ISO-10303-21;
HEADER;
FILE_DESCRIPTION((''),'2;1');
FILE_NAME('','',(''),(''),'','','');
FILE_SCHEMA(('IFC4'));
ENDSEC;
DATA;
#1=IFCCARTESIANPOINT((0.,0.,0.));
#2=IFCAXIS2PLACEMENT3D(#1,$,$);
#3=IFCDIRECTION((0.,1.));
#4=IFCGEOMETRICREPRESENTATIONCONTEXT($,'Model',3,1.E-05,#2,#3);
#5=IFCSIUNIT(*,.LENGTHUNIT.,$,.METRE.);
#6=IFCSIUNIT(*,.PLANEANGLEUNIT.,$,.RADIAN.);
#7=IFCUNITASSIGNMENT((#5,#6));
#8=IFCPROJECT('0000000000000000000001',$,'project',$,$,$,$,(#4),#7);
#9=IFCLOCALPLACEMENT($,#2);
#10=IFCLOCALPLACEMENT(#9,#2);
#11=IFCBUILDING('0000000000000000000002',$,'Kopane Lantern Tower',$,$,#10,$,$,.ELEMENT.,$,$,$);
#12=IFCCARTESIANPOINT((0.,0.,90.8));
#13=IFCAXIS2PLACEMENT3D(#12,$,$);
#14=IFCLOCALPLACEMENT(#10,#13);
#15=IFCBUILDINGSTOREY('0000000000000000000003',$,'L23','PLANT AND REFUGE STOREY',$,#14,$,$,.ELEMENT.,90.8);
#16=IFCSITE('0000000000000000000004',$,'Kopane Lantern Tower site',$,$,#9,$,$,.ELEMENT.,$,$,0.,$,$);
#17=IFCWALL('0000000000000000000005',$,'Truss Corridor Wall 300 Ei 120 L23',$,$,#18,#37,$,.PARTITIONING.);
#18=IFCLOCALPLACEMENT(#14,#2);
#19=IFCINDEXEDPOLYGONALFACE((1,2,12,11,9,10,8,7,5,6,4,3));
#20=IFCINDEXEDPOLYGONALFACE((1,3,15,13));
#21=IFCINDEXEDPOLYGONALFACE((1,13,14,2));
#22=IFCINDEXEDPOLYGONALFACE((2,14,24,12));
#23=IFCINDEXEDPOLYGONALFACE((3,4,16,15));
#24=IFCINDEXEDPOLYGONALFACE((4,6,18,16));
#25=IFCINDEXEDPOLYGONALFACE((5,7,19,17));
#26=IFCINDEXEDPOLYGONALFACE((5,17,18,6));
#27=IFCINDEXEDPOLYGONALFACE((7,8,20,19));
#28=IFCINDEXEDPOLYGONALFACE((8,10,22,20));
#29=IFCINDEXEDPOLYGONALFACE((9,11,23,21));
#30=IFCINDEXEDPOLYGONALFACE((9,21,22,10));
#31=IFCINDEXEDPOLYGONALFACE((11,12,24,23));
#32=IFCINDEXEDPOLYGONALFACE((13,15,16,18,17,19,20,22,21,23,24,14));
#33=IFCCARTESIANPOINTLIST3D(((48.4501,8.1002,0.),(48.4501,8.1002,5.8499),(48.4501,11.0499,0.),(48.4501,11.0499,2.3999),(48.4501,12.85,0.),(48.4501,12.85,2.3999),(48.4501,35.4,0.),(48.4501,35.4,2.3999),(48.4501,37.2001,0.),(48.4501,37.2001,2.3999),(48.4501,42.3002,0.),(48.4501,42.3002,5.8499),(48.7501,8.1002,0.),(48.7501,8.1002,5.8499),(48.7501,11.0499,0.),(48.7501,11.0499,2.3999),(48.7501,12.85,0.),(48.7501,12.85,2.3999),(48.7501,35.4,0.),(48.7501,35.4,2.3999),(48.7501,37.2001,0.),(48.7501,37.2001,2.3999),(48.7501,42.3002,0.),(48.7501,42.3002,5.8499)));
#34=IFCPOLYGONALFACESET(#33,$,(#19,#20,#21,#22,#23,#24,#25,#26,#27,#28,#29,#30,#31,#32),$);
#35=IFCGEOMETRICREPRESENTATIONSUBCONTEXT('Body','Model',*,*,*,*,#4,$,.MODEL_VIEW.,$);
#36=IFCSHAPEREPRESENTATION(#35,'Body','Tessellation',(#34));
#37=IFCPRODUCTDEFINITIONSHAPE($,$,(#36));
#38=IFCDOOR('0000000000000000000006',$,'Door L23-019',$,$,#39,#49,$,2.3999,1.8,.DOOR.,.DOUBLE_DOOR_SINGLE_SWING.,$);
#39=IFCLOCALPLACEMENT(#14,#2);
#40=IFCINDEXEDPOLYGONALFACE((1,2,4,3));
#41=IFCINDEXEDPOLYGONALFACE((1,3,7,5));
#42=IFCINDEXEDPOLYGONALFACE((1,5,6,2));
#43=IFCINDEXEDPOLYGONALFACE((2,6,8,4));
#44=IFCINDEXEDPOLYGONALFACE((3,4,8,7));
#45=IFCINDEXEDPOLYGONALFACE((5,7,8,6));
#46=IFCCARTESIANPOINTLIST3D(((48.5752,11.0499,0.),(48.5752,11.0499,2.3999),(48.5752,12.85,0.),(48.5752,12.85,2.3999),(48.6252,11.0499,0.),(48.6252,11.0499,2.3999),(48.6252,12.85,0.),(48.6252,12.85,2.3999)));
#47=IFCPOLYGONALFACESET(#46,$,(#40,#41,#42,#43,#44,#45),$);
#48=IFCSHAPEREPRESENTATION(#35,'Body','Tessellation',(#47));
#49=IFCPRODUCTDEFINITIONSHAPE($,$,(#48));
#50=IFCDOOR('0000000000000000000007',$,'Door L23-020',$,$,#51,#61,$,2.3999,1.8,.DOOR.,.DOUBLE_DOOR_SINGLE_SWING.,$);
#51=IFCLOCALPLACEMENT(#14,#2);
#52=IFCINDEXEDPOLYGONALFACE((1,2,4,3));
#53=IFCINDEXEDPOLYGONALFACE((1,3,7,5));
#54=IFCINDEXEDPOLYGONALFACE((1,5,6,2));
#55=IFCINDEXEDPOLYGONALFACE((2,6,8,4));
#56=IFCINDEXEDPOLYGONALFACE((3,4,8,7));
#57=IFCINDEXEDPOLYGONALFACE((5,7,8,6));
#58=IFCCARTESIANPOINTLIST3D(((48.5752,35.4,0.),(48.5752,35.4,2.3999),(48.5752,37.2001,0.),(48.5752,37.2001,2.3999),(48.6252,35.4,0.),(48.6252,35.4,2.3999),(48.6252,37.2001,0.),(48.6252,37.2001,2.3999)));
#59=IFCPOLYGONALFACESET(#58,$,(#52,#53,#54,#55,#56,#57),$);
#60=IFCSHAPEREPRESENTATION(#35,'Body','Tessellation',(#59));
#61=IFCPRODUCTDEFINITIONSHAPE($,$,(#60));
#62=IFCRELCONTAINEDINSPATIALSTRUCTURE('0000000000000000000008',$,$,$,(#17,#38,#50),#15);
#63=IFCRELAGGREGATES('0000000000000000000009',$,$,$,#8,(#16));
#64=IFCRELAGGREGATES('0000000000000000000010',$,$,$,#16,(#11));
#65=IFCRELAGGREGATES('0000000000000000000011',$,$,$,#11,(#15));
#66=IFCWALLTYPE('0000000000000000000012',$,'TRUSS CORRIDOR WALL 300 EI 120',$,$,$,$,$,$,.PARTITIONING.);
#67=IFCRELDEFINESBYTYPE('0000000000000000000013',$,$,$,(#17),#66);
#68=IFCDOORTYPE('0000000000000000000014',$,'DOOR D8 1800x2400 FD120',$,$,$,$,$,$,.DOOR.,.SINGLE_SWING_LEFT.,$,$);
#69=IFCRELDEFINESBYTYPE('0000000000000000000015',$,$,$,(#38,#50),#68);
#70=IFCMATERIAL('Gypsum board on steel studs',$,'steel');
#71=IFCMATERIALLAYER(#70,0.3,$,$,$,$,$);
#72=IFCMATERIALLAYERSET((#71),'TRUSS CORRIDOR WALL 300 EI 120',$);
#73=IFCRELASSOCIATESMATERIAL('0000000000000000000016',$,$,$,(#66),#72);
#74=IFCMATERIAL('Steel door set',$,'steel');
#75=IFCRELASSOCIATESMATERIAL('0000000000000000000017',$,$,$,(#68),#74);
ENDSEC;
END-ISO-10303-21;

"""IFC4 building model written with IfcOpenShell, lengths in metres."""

from ifc_helpers import new_model, si_unit, direction, frame, frame_2d, origin, place, context, subcontext, project, spatial, rectangle, extrude, material, layer, layer_set, type_object, element, fill, save


model = new_model("IFC4")

# Units and contexts
model_context = context("Model", 3, precision=1e-05, world=origin(), true_north=direction((0.0, 1.0)))
body_context = subcontext(model_context, "Body", "Model", "MODEL_VIEW")
ifc_project = project(units=[si_unit("LENGTHUNIT", "METRE"), si_unit("PLANEANGLEUNIT", "RADIAN")], contexts=[model_context])

# Site, building, storey
site_placement = place(None, origin())
site = spatial("IfcSite", under=ifc_project, at=site_placement, Name="Kopane Lantern Tower site", CompositionType="ELEMENT", RefElevation=0.0)
building_placement = place(site_placement, origin())
building = spatial("IfcBuilding", under=site, at=building_placement, Name="Kopane Lantern Tower", CompositionType="ELEMENT")
storey_placement = place(building_placement, frame((0.0, 0.0, 90.8)))
storey = spatial("IfcBuildingStorey", under=building, at=storey_placement, Name="L23", Description="PLANT AND REFUGE STOREY", CompositionType="ELEMENT", Elevation=90.8)

# Wall, openings, doors
ifc_material_1 = material(Name="Gypsum board on steel studs", Category="steel")
ifc_layer_1 = layer(ifc_material_1, 0.3)
ifc_layer_set_1 = layer_set([ifc_layer_1], Name="TRUSS CORRIDOR WALL 300 EI 120")
wall_type_1 = type_object("IfcWallType", Name="TRUSS CORRIDOR WALL 300 EI 120", PredefinedType="PARTITIONING", material=ifc_layer_set_1)
wall_1_placement = place(storey_placement, frame((48.6001, 8.1001, 0.0), z_axis=(0.0, 0.0, 1.0), x_axis=(0.0, 1.0, 0.0)))
wall_1 = element("IfcWall", 1, at=wall_1_placement, inside=storey, type_object=wall_type_1, Name="Truss Corridor Wall 300 Ei 120 L23", PredefinedType="PARTITIONING", context=body_context, shape_type="SweptSolid", body=[
    extrude(rectangle(XDim=34.2, YDim=0.3, at=frame_2d((17.1001, 0.0))), origin(), (0.0, 0.0, 1.0), 5.8499),
])
opening_1_placement = place(wall_1_placement, frame((2.95, 0.0, 0.0)))
opening_1 = element("IfcOpeningElement", 2, at=opening_1_placement, cuts=wall_1, PredefinedType="OPENING", context=body_context, shape_type="SweptSolid", body=[
    extrude(rectangle(XDim=1.8, YDim=2.3999, at=frame_2d((0.8999, 1.2))), frame((0.0, 0.1599, 0.0), z_axis=(0.0, -1.0, 0.0), x_axis=(1.0, 0.0, 0.0)), (0.0, 0.0, 1.0), 0.3201),
])
opening_2_placement = place(wall_1_placement, frame((27.3, 0.0, 0.0)))
opening_2 = element("IfcOpeningElement", 3, at=opening_2_placement, cuts=wall_1, PredefinedType="OPENING", context=body_context, shape_type="SweptSolid", body=[
    extrude(rectangle(XDim=1.8, YDim=2.3999, at=frame_2d((0.8999, 1.2))), frame((0.0, 0.1599, 0.0), z_axis=(0.0, -1.0, 0.0), x_axis=(1.0, 0.0, 0.0)), (0.0, 0.0, 1.0), 0.3201),
])
ifc_material_2 = material(Name="Steel door set", Category="steel")
door_type_1 = type_object("IfcDoorType", Name="DOOR D8 1800x2400 FD120", OperationType="SINGLE_SWING_LEFT", PredefinedType="DOOR", material=ifc_material_2)
door_1_placement = place(opening_1_placement, origin())
door_1 = element("IfcDoor", 4, at=door_1_placement, inside=storey, type_object=door_type_1, Name="Door L23-019", OperationType="DOUBLE_DOOR_SINGLE_SWING", OverallHeight=2.3999, OverallWidth=1.8, PredefinedType="DOOR", context=body_context, shape_type="SweptSolid", body=[
    extrude(rectangle(XDim=1.8, YDim=2.3999, at=frame_2d((0.8999, 1.2))), frame((0.0, 0.0249, 0.0), z_axis=(0.0, -1.0, 0.0), x_axis=(1.0, 0.0, 0.0)), (0.0, 0.0, 1.0), 0.05),
])
fill(opening_1, door_1)
door_2_placement = place(opening_2_placement, origin())
door_2 = element("IfcDoor", 5, at=door_2_placement, inside=storey, type_object=door_type_1, Name="Door L23-020", OperationType="DOUBLE_DOOR_SINGLE_SWING", OverallHeight=2.3999, OverallWidth=1.8, PredefinedType="DOOR", context=body_context, shape_type="SweptSolid", body=[
    extrude(rectangle(XDim=1.8, YDim=2.3999, at=frame_2d((0.8999, 1.2))), frame((0.0, 0.0249, 0.0), z_axis=(0.0, -1.0, 0.0), x_axis=(1.0, 0.0, 0.0)), (0.0, 0.0, 1.0), 0.05),
])
fill(opening_2, door_2)

save(model, "model.ifc")
